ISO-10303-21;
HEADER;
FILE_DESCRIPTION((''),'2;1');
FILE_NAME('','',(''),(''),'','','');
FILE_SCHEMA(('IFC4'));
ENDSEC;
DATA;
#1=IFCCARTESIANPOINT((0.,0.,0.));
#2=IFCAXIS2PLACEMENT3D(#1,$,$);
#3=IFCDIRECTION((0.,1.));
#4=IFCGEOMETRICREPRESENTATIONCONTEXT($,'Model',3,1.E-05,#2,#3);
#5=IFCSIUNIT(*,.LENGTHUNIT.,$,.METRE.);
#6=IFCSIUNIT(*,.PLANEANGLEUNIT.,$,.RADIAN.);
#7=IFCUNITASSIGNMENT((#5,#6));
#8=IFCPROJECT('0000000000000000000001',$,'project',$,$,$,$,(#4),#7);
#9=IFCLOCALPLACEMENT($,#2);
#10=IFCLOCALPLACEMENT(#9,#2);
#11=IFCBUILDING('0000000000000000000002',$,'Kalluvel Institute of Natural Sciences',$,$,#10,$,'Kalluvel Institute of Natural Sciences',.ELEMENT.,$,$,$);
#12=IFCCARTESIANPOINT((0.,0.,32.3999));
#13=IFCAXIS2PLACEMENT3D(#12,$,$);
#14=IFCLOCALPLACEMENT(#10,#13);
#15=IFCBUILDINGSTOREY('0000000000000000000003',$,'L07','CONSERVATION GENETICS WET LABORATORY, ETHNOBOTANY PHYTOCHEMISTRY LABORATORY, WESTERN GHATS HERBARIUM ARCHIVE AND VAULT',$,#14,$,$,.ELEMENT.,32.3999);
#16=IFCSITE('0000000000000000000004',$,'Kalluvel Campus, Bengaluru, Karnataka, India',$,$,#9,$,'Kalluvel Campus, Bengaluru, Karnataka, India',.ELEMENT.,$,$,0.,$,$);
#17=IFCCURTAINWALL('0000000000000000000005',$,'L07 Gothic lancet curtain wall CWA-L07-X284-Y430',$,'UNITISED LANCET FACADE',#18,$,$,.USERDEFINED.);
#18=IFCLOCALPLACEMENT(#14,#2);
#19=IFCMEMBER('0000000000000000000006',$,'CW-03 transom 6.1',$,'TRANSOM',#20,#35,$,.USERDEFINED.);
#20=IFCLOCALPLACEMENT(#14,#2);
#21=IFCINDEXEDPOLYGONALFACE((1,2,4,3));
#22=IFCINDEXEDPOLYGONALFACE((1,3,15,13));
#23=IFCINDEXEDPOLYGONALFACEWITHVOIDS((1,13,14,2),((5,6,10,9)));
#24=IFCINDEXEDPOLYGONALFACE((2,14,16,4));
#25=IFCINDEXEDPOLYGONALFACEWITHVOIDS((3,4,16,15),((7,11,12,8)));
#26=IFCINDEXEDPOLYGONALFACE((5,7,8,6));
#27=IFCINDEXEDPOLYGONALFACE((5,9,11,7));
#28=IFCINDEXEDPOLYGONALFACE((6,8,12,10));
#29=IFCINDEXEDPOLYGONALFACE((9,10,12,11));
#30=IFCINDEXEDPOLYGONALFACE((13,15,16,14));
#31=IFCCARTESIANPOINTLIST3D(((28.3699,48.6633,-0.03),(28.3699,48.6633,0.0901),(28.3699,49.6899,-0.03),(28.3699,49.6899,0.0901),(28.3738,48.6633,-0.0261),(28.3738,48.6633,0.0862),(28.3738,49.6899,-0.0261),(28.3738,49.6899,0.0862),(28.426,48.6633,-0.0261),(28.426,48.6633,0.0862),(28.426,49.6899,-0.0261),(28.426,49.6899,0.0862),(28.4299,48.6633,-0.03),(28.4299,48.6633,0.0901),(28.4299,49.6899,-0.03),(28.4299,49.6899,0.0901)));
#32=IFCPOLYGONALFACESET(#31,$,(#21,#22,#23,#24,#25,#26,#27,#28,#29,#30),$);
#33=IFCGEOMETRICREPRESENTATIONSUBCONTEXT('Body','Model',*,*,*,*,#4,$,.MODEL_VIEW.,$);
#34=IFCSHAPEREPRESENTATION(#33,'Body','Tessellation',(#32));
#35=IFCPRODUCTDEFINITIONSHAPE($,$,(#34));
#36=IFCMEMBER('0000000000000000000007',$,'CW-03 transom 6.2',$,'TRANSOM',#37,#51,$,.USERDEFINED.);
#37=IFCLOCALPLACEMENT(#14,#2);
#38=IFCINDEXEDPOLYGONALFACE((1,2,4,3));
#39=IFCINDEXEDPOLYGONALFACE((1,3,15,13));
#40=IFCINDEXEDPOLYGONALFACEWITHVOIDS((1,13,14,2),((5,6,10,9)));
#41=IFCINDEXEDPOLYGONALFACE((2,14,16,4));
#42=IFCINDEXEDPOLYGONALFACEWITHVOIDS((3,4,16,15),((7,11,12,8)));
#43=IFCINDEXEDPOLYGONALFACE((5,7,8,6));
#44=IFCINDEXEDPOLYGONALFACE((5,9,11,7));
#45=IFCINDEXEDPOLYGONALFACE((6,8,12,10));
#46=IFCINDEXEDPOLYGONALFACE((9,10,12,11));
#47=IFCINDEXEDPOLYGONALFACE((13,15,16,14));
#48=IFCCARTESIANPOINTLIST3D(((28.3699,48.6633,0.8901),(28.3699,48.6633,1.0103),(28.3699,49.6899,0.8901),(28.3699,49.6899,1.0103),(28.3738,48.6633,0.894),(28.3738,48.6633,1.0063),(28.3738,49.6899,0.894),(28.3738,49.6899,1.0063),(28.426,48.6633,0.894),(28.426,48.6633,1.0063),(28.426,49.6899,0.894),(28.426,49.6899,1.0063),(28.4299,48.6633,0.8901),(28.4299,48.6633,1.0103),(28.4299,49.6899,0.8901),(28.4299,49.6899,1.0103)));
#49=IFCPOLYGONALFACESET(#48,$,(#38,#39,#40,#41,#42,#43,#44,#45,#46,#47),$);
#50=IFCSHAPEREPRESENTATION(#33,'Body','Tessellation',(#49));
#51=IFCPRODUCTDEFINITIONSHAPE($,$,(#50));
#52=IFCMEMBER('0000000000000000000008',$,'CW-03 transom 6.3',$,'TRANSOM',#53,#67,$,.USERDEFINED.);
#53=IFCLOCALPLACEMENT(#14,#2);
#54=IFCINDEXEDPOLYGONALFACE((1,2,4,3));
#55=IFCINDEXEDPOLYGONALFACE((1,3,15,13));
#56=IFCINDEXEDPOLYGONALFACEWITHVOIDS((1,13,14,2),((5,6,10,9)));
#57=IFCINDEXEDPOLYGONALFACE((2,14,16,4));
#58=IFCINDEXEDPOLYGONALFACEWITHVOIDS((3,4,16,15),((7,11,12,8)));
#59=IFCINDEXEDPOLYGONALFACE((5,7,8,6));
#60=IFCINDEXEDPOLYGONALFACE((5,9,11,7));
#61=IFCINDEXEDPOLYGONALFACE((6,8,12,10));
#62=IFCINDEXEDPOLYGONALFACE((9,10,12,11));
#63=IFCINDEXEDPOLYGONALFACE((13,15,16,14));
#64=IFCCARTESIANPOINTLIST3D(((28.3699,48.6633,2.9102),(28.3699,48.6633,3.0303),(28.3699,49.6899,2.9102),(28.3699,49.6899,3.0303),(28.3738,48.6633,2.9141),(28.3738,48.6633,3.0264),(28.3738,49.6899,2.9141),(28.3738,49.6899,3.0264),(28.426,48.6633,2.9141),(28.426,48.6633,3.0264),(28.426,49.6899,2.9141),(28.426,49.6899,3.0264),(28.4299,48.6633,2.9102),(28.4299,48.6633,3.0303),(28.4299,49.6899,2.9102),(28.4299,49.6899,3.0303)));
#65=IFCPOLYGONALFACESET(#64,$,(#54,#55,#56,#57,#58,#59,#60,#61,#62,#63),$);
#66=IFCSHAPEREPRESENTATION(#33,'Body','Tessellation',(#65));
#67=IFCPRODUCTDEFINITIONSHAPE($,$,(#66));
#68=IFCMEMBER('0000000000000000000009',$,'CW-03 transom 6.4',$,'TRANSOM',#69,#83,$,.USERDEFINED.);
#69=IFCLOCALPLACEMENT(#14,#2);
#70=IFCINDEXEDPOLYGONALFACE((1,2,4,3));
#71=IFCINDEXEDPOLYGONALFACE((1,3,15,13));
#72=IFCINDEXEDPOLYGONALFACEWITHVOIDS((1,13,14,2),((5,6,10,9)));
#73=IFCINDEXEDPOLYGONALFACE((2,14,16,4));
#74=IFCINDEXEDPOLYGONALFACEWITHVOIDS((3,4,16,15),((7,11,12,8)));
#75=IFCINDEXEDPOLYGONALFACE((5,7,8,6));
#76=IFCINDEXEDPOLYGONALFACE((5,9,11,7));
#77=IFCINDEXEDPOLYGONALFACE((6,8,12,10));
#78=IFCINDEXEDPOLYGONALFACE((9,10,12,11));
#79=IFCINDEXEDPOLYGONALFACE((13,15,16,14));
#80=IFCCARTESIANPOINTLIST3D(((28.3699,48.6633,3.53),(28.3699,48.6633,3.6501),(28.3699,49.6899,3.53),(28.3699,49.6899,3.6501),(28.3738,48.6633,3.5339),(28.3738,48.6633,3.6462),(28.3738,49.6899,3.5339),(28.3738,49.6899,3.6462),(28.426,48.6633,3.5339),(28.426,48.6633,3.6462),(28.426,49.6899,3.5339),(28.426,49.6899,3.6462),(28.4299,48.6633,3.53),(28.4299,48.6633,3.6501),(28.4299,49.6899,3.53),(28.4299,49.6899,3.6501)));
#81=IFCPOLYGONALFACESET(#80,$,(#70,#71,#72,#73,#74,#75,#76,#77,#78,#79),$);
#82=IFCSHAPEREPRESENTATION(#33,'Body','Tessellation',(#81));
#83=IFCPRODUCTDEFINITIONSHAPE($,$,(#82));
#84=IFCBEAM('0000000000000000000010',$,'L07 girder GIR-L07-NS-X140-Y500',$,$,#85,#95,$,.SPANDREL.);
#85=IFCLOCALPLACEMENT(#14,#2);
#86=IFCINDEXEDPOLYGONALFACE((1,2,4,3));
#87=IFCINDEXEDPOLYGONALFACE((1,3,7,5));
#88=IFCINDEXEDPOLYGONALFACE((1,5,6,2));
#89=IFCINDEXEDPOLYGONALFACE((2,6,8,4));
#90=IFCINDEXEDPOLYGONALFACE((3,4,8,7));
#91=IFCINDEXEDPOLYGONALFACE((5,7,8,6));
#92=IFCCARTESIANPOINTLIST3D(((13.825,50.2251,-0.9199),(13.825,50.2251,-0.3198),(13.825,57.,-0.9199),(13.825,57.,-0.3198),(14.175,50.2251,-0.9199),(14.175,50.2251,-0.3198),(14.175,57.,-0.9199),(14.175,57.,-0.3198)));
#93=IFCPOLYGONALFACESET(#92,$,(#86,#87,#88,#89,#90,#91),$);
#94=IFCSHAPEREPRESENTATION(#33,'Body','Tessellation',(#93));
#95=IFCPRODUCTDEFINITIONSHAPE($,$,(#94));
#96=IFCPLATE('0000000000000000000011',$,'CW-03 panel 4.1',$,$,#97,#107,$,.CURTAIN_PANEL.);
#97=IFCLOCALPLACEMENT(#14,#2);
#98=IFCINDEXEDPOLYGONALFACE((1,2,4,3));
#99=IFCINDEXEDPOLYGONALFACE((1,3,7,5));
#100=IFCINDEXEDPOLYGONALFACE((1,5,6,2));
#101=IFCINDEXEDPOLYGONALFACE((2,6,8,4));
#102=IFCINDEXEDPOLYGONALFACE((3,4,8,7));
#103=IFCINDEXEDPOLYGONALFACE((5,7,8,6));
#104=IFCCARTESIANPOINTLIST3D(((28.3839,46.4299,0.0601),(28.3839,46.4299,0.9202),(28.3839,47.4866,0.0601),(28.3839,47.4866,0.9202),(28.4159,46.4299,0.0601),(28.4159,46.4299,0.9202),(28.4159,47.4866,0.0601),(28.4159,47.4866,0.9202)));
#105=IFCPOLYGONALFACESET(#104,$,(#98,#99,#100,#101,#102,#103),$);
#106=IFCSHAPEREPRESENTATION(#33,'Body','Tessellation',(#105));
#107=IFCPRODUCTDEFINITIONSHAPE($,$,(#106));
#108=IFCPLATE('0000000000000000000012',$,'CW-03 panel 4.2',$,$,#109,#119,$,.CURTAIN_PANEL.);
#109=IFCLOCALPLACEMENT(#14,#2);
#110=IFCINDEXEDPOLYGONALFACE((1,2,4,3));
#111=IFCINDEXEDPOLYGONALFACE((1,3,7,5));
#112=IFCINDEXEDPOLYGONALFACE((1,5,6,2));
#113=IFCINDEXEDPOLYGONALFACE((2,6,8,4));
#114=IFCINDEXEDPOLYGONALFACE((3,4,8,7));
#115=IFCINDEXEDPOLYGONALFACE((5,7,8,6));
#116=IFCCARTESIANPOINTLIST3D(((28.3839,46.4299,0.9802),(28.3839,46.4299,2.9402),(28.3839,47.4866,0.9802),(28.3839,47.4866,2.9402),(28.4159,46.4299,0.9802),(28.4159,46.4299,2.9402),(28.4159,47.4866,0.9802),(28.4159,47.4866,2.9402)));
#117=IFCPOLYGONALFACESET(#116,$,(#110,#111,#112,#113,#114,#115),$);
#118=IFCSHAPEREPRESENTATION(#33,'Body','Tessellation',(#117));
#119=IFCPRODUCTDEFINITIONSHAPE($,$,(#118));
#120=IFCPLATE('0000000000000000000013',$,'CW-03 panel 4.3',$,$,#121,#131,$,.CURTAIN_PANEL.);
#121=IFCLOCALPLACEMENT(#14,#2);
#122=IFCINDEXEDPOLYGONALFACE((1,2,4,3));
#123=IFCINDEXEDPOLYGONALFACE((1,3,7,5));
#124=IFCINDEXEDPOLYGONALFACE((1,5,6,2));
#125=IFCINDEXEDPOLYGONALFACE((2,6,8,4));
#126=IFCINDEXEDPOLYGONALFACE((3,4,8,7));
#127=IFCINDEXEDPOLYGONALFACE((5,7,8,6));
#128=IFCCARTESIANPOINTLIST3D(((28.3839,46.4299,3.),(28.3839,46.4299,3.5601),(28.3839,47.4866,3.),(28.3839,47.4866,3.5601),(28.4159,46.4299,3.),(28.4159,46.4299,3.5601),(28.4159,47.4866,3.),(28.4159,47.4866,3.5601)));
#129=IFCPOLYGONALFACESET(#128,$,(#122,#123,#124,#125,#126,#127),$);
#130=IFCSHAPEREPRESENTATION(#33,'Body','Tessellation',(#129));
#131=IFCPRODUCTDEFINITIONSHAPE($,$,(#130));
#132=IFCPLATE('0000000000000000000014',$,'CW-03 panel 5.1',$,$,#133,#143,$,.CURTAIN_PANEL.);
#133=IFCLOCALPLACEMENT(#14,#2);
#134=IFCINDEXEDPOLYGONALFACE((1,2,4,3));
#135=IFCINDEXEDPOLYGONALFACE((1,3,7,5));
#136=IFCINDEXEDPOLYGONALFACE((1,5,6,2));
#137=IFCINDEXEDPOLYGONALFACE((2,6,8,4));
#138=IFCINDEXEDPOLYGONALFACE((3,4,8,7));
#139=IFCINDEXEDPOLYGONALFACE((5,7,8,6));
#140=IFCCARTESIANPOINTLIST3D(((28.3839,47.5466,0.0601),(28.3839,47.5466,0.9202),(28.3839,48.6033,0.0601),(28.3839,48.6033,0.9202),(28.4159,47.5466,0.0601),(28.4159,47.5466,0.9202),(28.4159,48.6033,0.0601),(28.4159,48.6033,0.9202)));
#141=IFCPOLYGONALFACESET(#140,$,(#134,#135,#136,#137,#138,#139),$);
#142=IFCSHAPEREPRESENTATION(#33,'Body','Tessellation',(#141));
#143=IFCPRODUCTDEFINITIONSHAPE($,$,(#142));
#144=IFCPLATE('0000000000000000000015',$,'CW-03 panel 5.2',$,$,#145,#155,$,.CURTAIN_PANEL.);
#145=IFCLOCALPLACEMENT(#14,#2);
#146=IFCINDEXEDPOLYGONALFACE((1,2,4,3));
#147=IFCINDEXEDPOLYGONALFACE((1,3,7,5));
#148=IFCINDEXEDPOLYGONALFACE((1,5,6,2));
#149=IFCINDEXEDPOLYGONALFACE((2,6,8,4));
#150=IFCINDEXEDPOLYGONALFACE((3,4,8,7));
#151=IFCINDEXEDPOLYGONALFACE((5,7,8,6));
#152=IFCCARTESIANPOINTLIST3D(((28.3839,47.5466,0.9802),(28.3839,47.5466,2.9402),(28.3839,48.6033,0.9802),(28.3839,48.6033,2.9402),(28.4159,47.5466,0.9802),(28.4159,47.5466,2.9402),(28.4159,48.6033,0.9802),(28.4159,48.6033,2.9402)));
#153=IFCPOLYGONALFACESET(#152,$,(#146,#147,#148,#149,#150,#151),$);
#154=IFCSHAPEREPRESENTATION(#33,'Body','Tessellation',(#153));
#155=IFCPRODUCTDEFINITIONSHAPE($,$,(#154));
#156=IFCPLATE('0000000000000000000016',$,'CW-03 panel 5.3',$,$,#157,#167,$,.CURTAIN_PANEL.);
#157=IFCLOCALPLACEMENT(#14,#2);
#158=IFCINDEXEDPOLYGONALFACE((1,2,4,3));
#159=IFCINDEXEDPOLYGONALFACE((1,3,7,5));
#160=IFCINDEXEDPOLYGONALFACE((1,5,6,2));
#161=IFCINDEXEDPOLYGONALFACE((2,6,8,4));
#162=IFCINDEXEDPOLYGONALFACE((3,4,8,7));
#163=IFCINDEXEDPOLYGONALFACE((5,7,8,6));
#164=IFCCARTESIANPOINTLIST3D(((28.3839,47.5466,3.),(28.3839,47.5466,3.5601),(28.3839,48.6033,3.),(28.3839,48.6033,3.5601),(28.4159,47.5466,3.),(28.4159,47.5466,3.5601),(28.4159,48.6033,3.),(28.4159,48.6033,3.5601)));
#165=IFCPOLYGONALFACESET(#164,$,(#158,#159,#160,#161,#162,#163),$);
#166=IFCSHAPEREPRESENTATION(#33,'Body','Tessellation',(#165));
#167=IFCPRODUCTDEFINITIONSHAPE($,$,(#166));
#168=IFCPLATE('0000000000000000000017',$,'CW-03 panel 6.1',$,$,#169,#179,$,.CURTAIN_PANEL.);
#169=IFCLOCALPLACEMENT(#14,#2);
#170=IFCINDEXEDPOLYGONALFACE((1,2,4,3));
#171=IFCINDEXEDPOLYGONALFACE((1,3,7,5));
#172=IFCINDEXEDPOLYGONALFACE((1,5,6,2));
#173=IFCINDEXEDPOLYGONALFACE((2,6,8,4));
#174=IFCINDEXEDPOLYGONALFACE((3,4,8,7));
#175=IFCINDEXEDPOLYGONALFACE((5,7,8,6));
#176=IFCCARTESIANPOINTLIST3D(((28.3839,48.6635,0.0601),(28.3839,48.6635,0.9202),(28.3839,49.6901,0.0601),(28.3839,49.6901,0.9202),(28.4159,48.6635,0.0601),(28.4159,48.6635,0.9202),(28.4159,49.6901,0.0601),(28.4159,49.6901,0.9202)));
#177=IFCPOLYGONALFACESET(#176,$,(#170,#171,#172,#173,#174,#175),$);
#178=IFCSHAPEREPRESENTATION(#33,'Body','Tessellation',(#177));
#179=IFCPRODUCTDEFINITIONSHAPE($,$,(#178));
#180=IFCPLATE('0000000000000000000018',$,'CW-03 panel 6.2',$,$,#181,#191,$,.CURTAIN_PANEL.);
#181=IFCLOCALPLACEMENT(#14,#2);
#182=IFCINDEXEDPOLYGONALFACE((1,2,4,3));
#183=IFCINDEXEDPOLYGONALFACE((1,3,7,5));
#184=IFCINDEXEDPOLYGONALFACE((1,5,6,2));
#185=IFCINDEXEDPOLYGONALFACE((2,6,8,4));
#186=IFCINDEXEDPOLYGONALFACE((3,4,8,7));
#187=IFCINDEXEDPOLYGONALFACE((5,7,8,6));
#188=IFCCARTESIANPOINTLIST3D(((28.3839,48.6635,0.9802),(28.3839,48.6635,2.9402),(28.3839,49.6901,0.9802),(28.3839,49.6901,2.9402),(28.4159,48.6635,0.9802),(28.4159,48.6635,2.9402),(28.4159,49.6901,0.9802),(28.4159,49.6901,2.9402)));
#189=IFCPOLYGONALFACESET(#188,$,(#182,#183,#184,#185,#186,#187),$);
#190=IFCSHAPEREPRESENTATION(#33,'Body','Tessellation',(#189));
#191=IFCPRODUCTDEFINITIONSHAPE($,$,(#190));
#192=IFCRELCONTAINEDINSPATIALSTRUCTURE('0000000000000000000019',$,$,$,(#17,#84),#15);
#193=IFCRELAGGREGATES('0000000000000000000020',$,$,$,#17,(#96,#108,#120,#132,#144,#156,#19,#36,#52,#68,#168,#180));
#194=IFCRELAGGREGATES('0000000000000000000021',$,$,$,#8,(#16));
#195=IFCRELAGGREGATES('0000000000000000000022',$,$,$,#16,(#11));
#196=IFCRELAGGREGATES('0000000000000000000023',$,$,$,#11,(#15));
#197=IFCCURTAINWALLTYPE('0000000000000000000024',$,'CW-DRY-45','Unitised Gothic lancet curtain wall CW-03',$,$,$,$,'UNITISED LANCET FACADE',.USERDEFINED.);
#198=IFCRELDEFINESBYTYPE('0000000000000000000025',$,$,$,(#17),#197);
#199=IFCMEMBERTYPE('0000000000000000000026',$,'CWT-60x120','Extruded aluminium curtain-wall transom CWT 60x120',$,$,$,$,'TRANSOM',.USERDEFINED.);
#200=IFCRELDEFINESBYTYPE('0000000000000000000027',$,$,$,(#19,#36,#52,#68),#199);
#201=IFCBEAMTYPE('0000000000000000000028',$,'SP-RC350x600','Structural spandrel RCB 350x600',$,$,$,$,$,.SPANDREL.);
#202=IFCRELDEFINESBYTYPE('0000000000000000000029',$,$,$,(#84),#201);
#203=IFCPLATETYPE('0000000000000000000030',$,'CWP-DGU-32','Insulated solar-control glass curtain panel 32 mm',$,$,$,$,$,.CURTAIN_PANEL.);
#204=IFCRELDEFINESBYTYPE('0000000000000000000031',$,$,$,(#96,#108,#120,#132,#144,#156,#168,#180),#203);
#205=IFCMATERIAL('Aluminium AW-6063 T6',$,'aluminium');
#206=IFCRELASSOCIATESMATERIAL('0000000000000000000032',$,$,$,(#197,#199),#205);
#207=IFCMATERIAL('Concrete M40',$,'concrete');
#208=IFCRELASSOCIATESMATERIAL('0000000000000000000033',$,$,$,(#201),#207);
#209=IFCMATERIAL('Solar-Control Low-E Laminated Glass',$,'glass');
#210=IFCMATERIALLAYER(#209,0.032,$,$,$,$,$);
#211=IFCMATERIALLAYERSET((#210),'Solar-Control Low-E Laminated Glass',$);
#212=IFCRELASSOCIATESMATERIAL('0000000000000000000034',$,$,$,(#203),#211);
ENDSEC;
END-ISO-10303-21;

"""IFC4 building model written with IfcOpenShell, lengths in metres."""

from ifc_helpers import new_model, si_unit, direction, frame, origin, origin_2d, place, context, subcontext, project, spatial, rectangle, hollow_rectangle, extrude, material, layer, layer_set, material_profile, profile_set, type_object, element, aggregate, save


model = new_model("IFC4")

# Units and contexts
model_context = context("Model", 3, precision=1e-05, world=origin(), true_north=direction((0.0, 1.0)))
body_context = subcontext(model_context, "Body", "Model", "MODEL_VIEW")
ifc_project = project(units=[si_unit("LENGTHUNIT", "METRE"), si_unit("PLANEANGLEUNIT", "RADIAN")], contexts=[model_context])

# Site, building, storey
site_placement = place(None, origin())
site = spatial("IfcSite", under=ifc_project, at=site_placement, Name="Kalluvel Campus, Bengaluru, Karnataka, India", LongName="Kalluvel Campus, Bengaluru, Karnataka, India", CompositionType="ELEMENT", RefElevation=0.0)
building_placement = place(site_placement, origin())
building = spatial("IfcBuilding", under=site, at=building_placement, Name="Kalluvel Institute of Natural Sciences", LongName="Kalluvel Institute of Natural Sciences", CompositionType="ELEMENT")
storey_placement = place(building_placement, frame((0.0, 0.0, 32.3999)))
storey = spatial("IfcBuildingStorey", under=building, at=storey_placement, Name="L07", Description="CONSERVATION GENETICS WET LABORATORY, ETHNOBOTANY PHYTOCHEMISTRY LABORATORY, WESTERN GHATS HERBARIUM ARCHIVE AND VAULT", CompositionType="ELEMENT", Elevation=32.3999)

# Shared definitions
ifc_material_1 = material(Name="Concrete M40", Category="concrete")

# Curtain wall, members
ifc_material_2 = material(Name="Aluminium AW-6063 T6", Category="aluminium")
curtain_wall_type = type_object("IfcCurtainWallType", Name="CW-DRY-45", Description="Unitised Gothic lancet curtain wall CW-03", ElementType="UNITISED LANCET FACADE", PredefinedType="USERDEFINED", material=ifc_material_2)
curtain_wall_placement = place(storey_placement, origin())
curtain_wall = element("IfcCurtainWall", 1, at=curtain_wall_placement, inside=storey, type_object=curtain_wall_type, Name="L07 Gothic lancet curtain wall CWA-L07-X284-Y430", ObjectType="UNITISED LANCET FACADE", PredefinedType="USERDEFINED")
ifc_material_profile_1 = material_profile(ifc_material_2, hollow_rectangle(XDim=0.0601, YDim=0.1201, WallThickness=0.0039, at=origin_2d()), Name="CWT 60x120")
ifc_profile_set_1 = profile_set([ifc_material_profile_1], Name="Aluminium AW-6063 T6")
member_type_1 = type_object("IfcMemberType", Name="CWT-60x120", Description="Extruded aluminium curtain-wall transom CWT 60x120", ElementType="TRANSOM", PredefinedType="USERDEFINED", material=ifc_profile_set_1)
member_1_placement = place(storey_placement, frame((28.3999, 48.6633, 0.03), z_axis=(0.0, 1.0, 0.0), x_axis=(-1.0, 0.0, 0.0)))
member_1 = element("IfcMember", 2, at=member_1_placement, type_object=member_type_1, Name="CW-03 transom 6.1", ObjectType="TRANSOM", PredefinedType="USERDEFINED", context=body_context, shape_type="SweptSolid", body=[
    extrude(hollow_rectangle(XDim=0.0601, YDim=0.1201, WallThickness=0.0039, at=origin_2d()), origin(), (0.0, 0.0, 1.0), 1.0266),
])
member_2_placement = place(storey_placement, frame((28.3999, 48.6633, 0.9502), z_axis=(0.0, 1.0, 0.0), x_axis=(-1.0, 0.0, 0.0)))
member_2 = element("IfcMember", 3, at=member_2_placement, type_object=member_type_1, Name="CW-03 transom 6.2", ObjectType="TRANSOM", PredefinedType="USERDEFINED", context=body_context, shape_type="SweptSolid", body=[
    extrude(hollow_rectangle(XDim=0.0601, YDim=0.1201, WallThickness=0.0039, at=origin_2d()), origin(), (0.0, 0.0, 1.0), 1.0266),
])
member_3_placement = place(storey_placement, frame((28.3999, 48.6633, 2.9702), z_axis=(0.0, 1.0, 0.0), x_axis=(-1.0, 0.0, 0.0)))
member_3 = element("IfcMember", 4, at=member_3_placement, type_object=member_type_1, Name="CW-03 transom 6.3", ObjectType="TRANSOM", PredefinedType="USERDEFINED", context=body_context, shape_type="SweptSolid", body=[
    extrude(hollow_rectangle(XDim=0.0601, YDim=0.1201, WallThickness=0.0039, at=origin_2d()), origin(), (0.0, 0.0, 1.0), 1.0266),
])
member_4_placement = place(storey_placement, frame((28.3999, 48.6633, 3.5901), z_axis=(0.0, 1.0, 0.0), x_axis=(-1.0, 0.0, 0.0)))
member_4 = element("IfcMember", 5, at=member_4_placement, type_object=member_type_1, Name="CW-03 transom 6.4", ObjectType="TRANSOM", PredefinedType="USERDEFINED", context=body_context, shape_type="SweptSolid", body=[
    extrude(hollow_rectangle(XDim=0.0601, YDim=0.1201, WallThickness=0.0039, at=origin_2d()), origin(), (0.0, 0.0, 1.0), 1.0266),
])

# Beam
ifc_material_profile_2 = material_profile(ifc_material_1, rectangle(XDim=0.3501, YDim=0.6001, at=origin_2d()), Name="RCB 350x600")
ifc_profile_set_2 = profile_set([ifc_material_profile_2], Name="Concrete M40")
beam_type_1 = type_object("IfcBeamType", Name="SP-RC350x600", Description="Structural spandrel RCB 350x600", PredefinedType="SPANDREL", material=ifc_profile_set_2)
beam_1_placement = place(storey_placement, frame((14.0, 50.2251, -0.6199), z_axis=(0.0, 1.0, 0.0), x_axis=(-1.0, 0.0, 0.0)))
element("IfcBeam", 6, at=beam_1_placement, inside=storey, type_object=beam_type_1, Name="L07 girder GIR-L07-NS-X140-Y500", PredefinedType="SPANDREL", context=body_context, shape_type="SweptSolid", body=[
    extrude(rectangle(XDim=0.3501, YDim=0.6001, at=origin_2d()), origin(), (0.0, 0.0, 1.0), 6.7749),
])

# Plates
ifc_material_3 = material(Name="Solar-Control Low-E Laminated Glass", Category="glass")
ifc_layer_1 = layer(ifc_material_3, 0.032)
ifc_layer_set_1 = layer_set([ifc_layer_1], Name="Solar-Control Low-E Laminated Glass")
plate_type = type_object("IfcPlateType", Name="CWP-DGU-32", Description="Insulated solar-control glass curtain panel 32 mm", PredefinedType="CURTAIN_PANEL", material=ifc_layer_set_1)
plate_1_placement = place(storey_placement, frame((28.3999, 46.9583, 0.0601), z_axis=(0.0, 0.0, 1.0), x_axis=(0.0, 1.0, 0.0)))
plate_1 = element("IfcPlate", 7, at=plate_1_placement, type_object=plate_type, Name="CW-03 panel 4.1", PredefinedType="CURTAIN_PANEL", context=body_context, shape_type="SweptSolid", body=[
    extrude(rectangle(XDim=1.0566, YDim=0.032, at=origin_2d()), origin(), (0.0, 0.0, 1.0), 0.8601),
])
plate_2_placement = place(storey_placement, frame((28.3999, 46.9583, 0.9802), z_axis=(0.0, 0.0, 1.0), x_axis=(0.0, 1.0, 0.0)))
plate_2 = element("IfcPlate", 8, at=plate_2_placement, type_object=plate_type, Name="CW-03 panel 4.2", PredefinedType="CURTAIN_PANEL", context=body_context, shape_type="SweptSolid", body=[
    extrude(rectangle(XDim=1.0566, YDim=0.032, at=origin_2d()), origin(), (0.0, 0.0, 1.0), 1.96),
])
plate_3_placement = place(storey_placement, frame((28.3999, 46.9583, 3.0), z_axis=(0.0, 0.0, 1.0), x_axis=(0.0, 1.0, 0.0)))
plate_3 = element("IfcPlate", 9, at=plate_3_placement, type_object=plate_type, Name="CW-03 panel 4.3", PredefinedType="CURTAIN_PANEL", context=body_context, shape_type="SweptSolid", body=[
    extrude(rectangle(XDim=1.0566, YDim=0.032, at=origin_2d()), origin(), (0.0, 0.0, 1.0), 0.5601),
])
plate_4_placement = place(storey_placement, frame((28.3999, 48.075, 0.0601), z_axis=(0.0, 0.0, 1.0), x_axis=(0.0, 1.0, 0.0)))
plate_4 = element("IfcPlate", 10, at=plate_4_placement, type_object=plate_type, Name="CW-03 panel 5.1", PredefinedType="CURTAIN_PANEL", context=body_context, shape_type="SweptSolid", body=[
    extrude(rectangle(XDim=1.0566, YDim=0.032, at=origin_2d()), origin(), (0.0, 0.0, 1.0), 0.8601),
])
plate_5_placement = place(storey_placement, frame((28.3999, 48.075, 0.9802), z_axis=(0.0, 0.0, 1.0), x_axis=(0.0, 1.0, 0.0)))
plate_5 = element("IfcPlate", 11, at=plate_5_placement, type_object=plate_type, Name="CW-03 panel 5.2", PredefinedType="CURTAIN_PANEL", context=body_context, shape_type="SweptSolid", body=[
    extrude(rectangle(XDim=1.0566, YDim=0.032, at=origin_2d()), origin(), (0.0, 0.0, 1.0), 1.96),
])
plate_6_placement = place(storey_placement, frame((28.3999, 48.075, 3.0), z_axis=(0.0, 0.0, 1.0), x_axis=(0.0, 1.0, 0.0)))
plate_6 = element("IfcPlate", 12, at=plate_6_placement, type_object=plate_type, Name="CW-03 panel 5.3", PredefinedType="CURTAIN_PANEL", context=body_context, shape_type="SweptSolid", body=[
    extrude(rectangle(XDim=1.0566, YDim=0.032, at=origin_2d()), origin(), (0.0, 0.0, 1.0), 0.5601),
])
plate_7_placement = place(storey_placement, frame((28.3999, 49.1768, 0.0601), z_axis=(0.0, 0.0, 1.0), x_axis=(0.0, 1.0, 0.0)))
plate_7 = element("IfcPlate", 13, at=plate_7_placement, type_object=plate_type, Name="CW-03 panel 6.1", PredefinedType="CURTAIN_PANEL", context=body_context, shape_type="SweptSolid", body=[
    extrude(rectangle(XDim=1.0266, YDim=0.032, at=origin_2d()), origin(), (0.0, 0.0, 1.0), 0.8601),
])
plate_8_placement = place(storey_placement, frame((28.3999, 49.1768, 0.9802), z_axis=(0.0, 0.0, 1.0), x_axis=(0.0, 1.0, 0.0)))
plate_8 = element("IfcPlate", 14, at=plate_8_placement, type_object=plate_type, Name="CW-03 panel 6.2", PredefinedType="CURTAIN_PANEL", context=body_context, shape_type="SweptSolid", body=[
    extrude(rectangle(XDim=1.0266, YDim=0.032, at=origin_2d()), origin(), (0.0, 0.0, 1.0), 1.96),
])
aggregate(curtain_wall, [plate_1, plate_2, plate_3, plate_4, plate_5, plate_6, member_1, member_2, member_3, member_4, plate_7, plate_8])

save(model, "model.ifc")
